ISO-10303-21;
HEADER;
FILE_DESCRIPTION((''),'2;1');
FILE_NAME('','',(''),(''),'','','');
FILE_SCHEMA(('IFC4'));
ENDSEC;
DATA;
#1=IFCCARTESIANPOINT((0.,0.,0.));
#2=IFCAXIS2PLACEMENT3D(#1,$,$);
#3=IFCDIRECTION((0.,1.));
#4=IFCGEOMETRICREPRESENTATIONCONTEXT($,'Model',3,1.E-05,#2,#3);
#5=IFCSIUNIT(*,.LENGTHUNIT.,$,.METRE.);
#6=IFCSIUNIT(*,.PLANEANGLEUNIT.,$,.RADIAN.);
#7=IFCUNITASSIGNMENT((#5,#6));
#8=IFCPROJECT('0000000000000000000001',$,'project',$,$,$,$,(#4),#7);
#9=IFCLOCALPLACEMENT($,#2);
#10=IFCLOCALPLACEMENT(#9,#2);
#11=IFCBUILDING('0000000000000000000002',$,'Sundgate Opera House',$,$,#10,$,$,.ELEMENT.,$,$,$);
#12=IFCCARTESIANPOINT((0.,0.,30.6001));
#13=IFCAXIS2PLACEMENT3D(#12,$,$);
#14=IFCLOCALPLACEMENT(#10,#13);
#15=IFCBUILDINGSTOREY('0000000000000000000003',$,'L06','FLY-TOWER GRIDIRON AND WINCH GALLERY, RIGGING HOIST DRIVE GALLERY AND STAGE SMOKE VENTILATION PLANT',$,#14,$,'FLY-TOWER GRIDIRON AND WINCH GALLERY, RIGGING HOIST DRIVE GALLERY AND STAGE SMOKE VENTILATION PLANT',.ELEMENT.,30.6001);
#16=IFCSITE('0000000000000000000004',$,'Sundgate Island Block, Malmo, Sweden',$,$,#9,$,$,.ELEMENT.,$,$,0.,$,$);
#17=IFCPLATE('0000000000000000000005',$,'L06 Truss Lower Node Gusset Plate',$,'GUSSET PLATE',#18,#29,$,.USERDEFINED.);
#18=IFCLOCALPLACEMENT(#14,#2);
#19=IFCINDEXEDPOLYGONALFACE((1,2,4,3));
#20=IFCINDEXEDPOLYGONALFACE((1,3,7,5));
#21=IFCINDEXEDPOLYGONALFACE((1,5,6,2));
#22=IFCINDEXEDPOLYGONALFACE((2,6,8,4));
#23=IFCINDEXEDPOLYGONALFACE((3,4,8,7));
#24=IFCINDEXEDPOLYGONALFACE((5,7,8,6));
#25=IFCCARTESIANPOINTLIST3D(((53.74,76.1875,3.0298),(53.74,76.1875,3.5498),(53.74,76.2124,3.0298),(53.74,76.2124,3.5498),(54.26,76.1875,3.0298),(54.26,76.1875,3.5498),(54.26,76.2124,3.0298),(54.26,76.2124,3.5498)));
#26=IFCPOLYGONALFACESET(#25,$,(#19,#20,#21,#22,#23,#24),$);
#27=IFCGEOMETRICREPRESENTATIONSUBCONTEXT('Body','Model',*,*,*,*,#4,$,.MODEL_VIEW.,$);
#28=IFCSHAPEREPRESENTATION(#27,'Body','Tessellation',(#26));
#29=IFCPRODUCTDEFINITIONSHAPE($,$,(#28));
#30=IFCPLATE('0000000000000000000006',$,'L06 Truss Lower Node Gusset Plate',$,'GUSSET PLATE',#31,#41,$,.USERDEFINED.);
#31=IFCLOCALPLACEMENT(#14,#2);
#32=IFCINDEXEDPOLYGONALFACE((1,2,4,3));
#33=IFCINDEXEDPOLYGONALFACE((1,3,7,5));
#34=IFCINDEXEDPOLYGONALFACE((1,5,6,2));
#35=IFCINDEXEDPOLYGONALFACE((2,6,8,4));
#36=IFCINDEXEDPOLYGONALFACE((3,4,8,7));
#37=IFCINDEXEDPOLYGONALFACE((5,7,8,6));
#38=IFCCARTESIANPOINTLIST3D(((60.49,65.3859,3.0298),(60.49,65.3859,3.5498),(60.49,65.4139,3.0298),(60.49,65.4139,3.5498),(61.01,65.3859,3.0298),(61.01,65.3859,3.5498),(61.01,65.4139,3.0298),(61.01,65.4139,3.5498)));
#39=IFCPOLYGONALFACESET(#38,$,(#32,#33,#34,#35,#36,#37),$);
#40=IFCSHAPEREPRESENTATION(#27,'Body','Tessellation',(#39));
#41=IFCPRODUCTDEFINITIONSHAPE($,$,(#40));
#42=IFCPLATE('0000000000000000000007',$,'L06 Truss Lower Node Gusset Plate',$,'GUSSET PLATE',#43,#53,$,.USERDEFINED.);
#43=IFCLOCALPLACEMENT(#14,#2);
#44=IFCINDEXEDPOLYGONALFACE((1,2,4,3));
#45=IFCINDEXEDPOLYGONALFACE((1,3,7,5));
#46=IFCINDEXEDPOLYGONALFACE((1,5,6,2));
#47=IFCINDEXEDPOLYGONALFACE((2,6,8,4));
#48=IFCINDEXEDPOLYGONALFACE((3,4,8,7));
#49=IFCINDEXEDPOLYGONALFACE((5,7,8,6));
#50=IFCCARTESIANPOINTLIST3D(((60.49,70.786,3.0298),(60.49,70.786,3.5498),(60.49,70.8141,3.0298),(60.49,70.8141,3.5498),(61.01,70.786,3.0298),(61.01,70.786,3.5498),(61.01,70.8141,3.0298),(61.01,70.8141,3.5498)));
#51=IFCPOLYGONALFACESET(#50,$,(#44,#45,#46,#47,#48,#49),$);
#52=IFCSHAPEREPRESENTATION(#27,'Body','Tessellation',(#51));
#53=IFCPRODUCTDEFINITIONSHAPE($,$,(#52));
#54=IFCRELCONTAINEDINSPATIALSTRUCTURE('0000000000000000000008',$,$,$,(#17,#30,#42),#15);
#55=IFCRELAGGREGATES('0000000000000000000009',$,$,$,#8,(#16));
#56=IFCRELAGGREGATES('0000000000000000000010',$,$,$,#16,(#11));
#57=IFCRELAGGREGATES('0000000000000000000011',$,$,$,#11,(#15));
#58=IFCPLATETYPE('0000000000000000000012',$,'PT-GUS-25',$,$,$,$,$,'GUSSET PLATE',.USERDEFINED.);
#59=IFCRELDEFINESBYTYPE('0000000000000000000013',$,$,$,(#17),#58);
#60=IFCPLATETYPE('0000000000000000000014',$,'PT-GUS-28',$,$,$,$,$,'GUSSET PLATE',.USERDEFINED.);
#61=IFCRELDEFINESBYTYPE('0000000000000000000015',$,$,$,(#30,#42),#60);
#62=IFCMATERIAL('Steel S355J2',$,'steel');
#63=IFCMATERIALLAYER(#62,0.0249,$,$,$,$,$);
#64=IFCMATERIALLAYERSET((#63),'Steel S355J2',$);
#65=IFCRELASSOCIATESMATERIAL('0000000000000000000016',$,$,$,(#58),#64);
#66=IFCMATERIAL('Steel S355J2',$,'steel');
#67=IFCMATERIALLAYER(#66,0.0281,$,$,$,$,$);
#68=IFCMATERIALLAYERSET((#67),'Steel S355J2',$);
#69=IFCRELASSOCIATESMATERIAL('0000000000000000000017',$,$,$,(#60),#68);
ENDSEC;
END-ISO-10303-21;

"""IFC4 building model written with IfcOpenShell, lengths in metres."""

from ifc_helpers import new_model, si_unit, direction, frame, origin, origin_2d, place, context, subcontext, project, spatial, rectangle, extrude, material, layer, layer_set, type_object, element, save


model = new_model("IFC4")

# Units and contexts
model_context = context("Model", 3, precision=1e-05, world=origin(), true_north=direction((0.0, 1.0)))
body_context = subcontext(model_context, "Body", "Model", "MODEL_VIEW")
ifc_project = project(units=[si_unit("LENGTHUNIT", "METRE"), si_unit("PLANEANGLEUNIT", "RADIAN")], contexts=[model_context])

# Site, building, storey
site_placement = place(None, origin())
site = spatial("IfcSite", under=ifc_project, at=site_placement, Name="Sundgate Island Block, Malmo, Sweden", CompositionType="ELEMENT", RefElevation=0.0)
building_placement = place(site_placement, origin())
building = spatial("IfcBuilding", under=site, at=building_placement, Name="Sundgate Opera House", CompositionType="ELEMENT")
storey_placement = place(building_placement, frame((0.0, 0.0, 30.6001)))
storey = spatial("IfcBuildingStorey", under=building, at=storey_placement, Name="L06", Description="FLY-TOWER GRIDIRON AND WINCH GALLERY, RIGGING HOIST DRIVE GALLERY AND STAGE SMOKE VENTILATION PLANT", LongName="FLY-TOWER GRIDIRON AND WINCH GALLERY, RIGGING HOIST DRIVE GALLERY AND STAGE SMOKE VENTILATION PLANT", CompositionType="ELEMENT", Elevation=30.6001)

# Plates
ifc_material_1 = material(Name="Steel S355J2", Category="steel")
ifc_layer_1 = layer(ifc_material_1, 0.0249)
ifc_layer_set_1 = layer_set([ifc_layer_1], Name="Steel S355J2")
plate_type_1 = type_object("IfcPlateType", Name="PT-GUS-25", ElementType="GUSSET PLATE", PredefinedType="USERDEFINED", material=ifc_layer_set_1)
plate_1_placement = place(storey_placement, frame((54.0, 76.2, 3.0298), z_axis=(0.0, 0.0, 1.0), x_axis=(1.0, 0.0, 0.0)))
element("IfcPlate", 1, at=plate_1_placement, inside=storey, type_object=plate_type_1, Name="L06 Truss Lower Node Gusset Plate", ObjectType="GUSSET PLATE", PredefinedType="USERDEFINED", context=body_context, shape_type="SweptSolid", body=[
    extrude(rectangle(XDim=0.52, YDim=0.0249, at=origin_2d()), origin(), (0.0, 0.0, 1.0), 0.52),
])
ifc_material_2 = material(Name="Steel S355J2", Category="steel")
ifc_layer_2 = layer(ifc_material_2, 0.0281)
ifc_layer_set_2 = layer_set([ifc_layer_2], Name="Steel S355J2")
plate_type_2 = type_object("IfcPlateType", Name="PT-GUS-28", ElementType="GUSSET PLATE", PredefinedType="USERDEFINED", material=ifc_layer_set_2)
for number, where, z_axis, x_axis, name in (
    (2, (60.75, 65.3999, 3.0298), (0.0, 0.0, 1.0), (1.0, 0.0, 0.0), "L06 Truss Lower Node Gusset Plate"),
    (3, (60.75, 70.8, 3.0298), (0.0, 0.0, 1.0), (1.0, 0.0, 0.0), "L06 Truss Lower Node Gusset Plate"),
):
    element("IfcPlate", number, at=place(storey_placement, frame(where, z_axis=z_axis, x_axis=x_axis)), inside=storey, type_object=plate_type_2, Name=name, ObjectType="GUSSET PLATE", PredefinedType="USERDEFINED", context=body_context, shape_type="SweptSolid", body=[
        extrude(rectangle(XDim=0.52, YDim=0.0281, at=origin_2d()), origin(), (0.0, 0.0, 1.0), 0.52),
    ])

save(model, "model.ifc")
